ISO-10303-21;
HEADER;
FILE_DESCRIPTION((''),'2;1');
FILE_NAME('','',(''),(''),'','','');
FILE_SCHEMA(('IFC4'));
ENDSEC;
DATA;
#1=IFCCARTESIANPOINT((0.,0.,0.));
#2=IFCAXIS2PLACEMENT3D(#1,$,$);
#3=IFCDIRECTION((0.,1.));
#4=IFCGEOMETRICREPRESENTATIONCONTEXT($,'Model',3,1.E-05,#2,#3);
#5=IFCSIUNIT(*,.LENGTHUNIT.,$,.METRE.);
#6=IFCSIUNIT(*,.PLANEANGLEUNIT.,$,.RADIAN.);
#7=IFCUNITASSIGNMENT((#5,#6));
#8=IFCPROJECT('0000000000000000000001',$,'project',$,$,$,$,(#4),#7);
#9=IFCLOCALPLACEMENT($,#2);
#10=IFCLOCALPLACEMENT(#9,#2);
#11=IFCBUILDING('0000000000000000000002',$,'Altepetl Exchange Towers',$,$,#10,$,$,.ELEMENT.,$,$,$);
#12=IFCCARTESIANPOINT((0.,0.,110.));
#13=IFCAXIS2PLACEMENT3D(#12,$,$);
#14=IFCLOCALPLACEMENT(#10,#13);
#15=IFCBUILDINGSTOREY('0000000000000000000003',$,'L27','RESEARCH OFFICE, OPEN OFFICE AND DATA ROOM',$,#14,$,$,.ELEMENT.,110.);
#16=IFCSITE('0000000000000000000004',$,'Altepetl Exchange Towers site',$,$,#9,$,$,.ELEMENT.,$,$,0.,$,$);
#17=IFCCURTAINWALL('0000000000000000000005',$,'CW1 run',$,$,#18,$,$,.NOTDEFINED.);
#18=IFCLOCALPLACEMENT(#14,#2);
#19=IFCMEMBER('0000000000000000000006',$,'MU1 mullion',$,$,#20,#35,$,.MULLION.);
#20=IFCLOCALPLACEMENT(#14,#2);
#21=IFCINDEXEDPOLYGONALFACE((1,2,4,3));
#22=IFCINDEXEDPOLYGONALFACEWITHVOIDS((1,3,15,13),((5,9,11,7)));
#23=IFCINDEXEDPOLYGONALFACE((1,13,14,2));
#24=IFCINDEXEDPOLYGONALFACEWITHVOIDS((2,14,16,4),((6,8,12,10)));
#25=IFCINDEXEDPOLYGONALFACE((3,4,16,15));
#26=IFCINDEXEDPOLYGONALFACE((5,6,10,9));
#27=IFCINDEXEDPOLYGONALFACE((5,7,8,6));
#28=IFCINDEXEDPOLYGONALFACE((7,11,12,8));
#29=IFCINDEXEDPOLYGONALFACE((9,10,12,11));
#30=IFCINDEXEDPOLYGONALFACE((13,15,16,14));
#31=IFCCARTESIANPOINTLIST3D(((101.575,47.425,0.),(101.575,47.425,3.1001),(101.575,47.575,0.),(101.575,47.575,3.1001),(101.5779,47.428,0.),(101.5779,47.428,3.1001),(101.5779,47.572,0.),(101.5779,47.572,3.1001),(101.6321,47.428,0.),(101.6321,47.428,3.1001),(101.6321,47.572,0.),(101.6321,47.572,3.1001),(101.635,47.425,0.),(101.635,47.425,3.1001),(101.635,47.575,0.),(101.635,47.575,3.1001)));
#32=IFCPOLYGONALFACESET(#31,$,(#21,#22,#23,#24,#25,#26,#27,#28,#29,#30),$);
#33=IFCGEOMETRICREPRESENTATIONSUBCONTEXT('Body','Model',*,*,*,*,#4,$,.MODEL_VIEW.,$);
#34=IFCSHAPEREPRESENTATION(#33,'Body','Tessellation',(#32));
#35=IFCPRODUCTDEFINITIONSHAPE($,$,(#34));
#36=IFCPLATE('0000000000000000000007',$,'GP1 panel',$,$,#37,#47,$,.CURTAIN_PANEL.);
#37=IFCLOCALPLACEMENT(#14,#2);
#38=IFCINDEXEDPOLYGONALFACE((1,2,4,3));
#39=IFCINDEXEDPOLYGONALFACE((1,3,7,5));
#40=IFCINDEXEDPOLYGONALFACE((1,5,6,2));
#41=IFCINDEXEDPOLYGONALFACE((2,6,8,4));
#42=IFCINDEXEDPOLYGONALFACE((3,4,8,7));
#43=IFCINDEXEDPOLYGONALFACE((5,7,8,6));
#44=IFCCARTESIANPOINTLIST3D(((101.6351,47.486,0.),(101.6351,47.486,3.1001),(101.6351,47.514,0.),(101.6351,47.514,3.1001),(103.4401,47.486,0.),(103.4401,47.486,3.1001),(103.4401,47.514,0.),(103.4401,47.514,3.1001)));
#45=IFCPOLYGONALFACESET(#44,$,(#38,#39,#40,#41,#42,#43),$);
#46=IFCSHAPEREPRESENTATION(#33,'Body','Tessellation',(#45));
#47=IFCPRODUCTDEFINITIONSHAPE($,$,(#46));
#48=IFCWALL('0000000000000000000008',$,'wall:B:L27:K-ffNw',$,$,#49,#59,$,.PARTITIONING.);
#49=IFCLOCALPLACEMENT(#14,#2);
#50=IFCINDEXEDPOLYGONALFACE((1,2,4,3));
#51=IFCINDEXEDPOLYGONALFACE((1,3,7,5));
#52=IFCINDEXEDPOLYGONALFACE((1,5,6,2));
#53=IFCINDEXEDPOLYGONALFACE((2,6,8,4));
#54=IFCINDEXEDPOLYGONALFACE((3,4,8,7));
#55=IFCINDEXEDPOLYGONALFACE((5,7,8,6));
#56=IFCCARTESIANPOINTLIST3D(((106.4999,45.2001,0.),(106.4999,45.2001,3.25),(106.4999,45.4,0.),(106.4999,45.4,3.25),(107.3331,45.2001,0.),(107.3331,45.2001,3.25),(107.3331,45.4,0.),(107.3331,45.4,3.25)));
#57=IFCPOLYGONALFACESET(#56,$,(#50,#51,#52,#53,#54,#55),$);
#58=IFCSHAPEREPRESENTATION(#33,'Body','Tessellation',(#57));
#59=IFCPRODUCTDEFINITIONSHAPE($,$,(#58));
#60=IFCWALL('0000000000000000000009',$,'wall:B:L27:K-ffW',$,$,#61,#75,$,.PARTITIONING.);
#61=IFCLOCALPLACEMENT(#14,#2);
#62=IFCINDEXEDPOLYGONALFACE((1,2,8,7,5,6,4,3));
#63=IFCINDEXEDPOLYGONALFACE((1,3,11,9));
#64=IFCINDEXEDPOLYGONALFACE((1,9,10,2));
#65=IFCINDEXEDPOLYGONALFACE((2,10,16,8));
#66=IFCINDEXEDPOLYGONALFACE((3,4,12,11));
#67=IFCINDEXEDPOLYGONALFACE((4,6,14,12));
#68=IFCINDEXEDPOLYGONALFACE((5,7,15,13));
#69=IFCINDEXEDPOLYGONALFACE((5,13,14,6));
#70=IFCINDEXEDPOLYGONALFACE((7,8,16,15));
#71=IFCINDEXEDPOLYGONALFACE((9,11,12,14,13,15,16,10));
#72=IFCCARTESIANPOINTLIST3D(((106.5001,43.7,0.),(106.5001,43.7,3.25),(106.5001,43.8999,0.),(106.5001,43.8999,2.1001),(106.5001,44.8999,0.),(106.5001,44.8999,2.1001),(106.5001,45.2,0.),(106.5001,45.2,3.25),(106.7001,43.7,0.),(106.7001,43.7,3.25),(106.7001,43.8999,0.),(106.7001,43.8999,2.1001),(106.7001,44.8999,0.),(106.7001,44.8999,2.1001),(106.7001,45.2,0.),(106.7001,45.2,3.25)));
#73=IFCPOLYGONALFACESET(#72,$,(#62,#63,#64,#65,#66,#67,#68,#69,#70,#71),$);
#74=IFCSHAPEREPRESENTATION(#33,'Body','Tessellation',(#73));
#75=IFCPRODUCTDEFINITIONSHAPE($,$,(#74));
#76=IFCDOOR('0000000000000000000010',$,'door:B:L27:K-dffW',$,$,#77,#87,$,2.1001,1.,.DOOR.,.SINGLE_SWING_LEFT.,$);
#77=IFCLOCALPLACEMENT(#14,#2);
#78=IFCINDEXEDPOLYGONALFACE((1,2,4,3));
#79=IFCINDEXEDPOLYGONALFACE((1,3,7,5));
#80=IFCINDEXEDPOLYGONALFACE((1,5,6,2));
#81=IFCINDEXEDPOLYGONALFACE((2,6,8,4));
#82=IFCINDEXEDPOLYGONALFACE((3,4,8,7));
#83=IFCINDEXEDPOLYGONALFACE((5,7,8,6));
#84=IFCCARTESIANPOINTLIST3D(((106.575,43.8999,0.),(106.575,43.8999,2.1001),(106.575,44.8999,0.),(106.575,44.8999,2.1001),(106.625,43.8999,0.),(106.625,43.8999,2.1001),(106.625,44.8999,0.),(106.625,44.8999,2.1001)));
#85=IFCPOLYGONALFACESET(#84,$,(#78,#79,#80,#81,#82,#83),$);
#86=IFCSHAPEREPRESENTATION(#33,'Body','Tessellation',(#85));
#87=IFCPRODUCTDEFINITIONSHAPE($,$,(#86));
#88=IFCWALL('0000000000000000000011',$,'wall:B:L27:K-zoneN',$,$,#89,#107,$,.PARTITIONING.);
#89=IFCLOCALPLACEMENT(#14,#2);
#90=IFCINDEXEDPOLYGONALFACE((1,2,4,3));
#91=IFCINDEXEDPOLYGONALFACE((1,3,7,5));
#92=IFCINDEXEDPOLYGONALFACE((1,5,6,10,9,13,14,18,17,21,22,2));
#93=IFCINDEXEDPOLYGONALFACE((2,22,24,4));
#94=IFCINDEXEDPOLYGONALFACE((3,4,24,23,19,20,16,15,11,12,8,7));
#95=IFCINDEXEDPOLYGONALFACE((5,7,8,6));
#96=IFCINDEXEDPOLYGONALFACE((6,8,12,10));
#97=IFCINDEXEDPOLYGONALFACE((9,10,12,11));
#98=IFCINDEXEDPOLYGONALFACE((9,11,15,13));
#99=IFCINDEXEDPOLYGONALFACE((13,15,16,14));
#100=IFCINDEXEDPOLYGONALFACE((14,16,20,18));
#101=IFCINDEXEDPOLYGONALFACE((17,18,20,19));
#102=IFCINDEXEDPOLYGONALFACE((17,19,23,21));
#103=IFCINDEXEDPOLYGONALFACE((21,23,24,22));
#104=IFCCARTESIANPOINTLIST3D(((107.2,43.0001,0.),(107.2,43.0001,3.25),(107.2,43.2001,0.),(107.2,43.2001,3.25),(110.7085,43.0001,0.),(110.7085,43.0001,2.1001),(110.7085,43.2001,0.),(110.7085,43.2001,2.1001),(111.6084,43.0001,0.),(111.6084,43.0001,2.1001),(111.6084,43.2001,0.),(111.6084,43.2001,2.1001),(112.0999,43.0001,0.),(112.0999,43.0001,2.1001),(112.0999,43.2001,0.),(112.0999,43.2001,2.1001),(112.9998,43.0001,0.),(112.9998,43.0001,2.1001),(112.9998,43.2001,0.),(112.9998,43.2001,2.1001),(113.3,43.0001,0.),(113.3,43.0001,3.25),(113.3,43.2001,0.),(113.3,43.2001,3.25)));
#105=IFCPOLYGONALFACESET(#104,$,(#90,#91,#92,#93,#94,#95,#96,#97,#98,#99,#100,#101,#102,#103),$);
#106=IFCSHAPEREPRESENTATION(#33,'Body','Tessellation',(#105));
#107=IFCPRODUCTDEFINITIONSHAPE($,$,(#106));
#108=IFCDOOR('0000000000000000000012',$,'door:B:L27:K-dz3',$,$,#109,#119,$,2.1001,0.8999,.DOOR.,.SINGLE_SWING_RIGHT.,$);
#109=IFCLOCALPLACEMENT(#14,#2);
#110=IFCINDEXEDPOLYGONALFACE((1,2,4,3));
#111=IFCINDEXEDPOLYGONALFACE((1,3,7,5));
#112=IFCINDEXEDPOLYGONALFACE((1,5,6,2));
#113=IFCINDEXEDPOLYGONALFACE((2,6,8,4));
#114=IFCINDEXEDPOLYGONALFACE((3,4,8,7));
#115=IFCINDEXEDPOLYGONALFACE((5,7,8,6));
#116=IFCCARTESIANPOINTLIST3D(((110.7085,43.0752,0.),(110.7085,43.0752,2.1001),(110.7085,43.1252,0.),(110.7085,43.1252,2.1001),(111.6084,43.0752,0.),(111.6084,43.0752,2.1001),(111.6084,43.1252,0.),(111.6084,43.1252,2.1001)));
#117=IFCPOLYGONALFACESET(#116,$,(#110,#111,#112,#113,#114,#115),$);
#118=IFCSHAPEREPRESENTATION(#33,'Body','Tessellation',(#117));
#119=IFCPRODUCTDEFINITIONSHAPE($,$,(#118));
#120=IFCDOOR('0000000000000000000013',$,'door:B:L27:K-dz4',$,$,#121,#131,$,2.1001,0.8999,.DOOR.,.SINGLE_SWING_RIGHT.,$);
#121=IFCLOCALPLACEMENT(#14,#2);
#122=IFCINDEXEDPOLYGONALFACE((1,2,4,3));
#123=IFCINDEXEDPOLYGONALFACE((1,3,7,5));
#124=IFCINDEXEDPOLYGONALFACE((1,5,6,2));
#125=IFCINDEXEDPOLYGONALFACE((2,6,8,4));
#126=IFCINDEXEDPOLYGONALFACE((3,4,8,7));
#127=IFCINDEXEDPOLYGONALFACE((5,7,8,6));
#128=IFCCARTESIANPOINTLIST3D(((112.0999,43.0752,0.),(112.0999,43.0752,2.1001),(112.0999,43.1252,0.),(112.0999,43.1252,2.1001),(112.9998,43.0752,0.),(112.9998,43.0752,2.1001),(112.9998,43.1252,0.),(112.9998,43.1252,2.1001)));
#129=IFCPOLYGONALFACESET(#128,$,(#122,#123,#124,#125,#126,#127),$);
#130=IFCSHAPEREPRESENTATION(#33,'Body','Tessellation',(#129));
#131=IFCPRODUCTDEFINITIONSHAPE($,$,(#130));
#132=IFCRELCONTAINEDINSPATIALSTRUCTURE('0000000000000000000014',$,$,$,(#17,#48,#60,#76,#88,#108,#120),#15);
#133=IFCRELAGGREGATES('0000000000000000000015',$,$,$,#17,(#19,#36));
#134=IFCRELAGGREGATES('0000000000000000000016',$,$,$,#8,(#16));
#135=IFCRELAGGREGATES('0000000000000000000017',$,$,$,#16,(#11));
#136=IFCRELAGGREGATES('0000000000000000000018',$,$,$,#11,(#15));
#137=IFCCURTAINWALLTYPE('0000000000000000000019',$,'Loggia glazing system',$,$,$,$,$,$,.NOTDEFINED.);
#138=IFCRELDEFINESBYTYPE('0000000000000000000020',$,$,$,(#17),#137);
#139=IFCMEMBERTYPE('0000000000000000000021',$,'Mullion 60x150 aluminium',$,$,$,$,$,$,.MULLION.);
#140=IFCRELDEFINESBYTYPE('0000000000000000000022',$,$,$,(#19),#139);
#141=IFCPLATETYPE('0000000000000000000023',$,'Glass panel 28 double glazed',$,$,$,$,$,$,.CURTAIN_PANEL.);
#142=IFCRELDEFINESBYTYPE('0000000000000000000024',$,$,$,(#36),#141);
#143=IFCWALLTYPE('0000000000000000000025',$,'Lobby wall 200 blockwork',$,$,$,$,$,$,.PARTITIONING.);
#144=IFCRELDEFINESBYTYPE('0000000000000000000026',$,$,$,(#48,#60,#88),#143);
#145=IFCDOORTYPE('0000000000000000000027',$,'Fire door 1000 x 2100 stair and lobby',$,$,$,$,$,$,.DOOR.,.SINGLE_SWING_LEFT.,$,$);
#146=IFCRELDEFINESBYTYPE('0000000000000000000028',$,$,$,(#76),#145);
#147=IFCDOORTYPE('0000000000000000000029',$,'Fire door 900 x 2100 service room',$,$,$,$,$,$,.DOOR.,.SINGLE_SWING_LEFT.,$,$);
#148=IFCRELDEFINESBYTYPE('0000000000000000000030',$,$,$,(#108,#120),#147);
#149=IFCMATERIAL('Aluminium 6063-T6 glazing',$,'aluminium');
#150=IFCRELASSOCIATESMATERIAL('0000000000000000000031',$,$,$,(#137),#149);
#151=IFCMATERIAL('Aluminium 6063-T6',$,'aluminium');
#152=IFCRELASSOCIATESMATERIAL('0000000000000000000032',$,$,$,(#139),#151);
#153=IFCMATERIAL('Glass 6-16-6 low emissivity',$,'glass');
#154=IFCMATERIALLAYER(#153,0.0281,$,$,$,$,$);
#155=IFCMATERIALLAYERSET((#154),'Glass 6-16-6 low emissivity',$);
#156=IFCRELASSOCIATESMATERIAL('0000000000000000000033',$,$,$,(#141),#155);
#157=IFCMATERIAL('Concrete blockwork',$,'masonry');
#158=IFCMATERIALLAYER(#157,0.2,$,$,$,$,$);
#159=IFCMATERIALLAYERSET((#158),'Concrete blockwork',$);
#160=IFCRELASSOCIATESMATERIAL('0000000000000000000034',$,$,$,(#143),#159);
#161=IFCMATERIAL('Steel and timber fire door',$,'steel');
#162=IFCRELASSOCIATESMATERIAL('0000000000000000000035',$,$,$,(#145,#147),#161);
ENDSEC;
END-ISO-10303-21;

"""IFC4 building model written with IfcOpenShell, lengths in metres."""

from ifc_helpers import new_model, si_unit, direction, frame, frame_2d, origin, origin_2d, place, context, subcontext, project, spatial, rectangle, hollow_rectangle, extrude, material, layer, layer_set, material_profile, profile_set, type_object, element, fill, aggregate, save


model = new_model("IFC4")

# Units and contexts
model_context = context("Model", 3, precision=1e-05, world=origin(), true_north=direction((0.0, 1.0)))
body_context = subcontext(model_context, "Body", "Model", "MODEL_VIEW")
ifc_project = project(units=[si_unit("LENGTHUNIT", "METRE"), si_unit("PLANEANGLEUNIT", "RADIAN")], contexts=[model_context])

# Site, building, storey
site_placement = place(None, origin())
site = spatial("IfcSite", under=ifc_project, at=site_placement, Name="Altepetl Exchange Towers site", CompositionType="ELEMENT", RefElevation=0.0)
building_placement = place(site_placement, origin())
building = spatial("IfcBuilding", under=site, at=building_placement, Name="Altepetl Exchange Towers", CompositionType="ELEMENT")
storey_placement = place(building_placement, frame((0.0, 0.0, 110.0)))
storey = spatial("IfcBuildingStorey", under=building, at=storey_placement, Name="L27", Description="RESEARCH OFFICE, OPEN OFFICE AND DATA ROOM", CompositionType="ELEMENT", Elevation=110.0)

# Curtain wall, member, plate
ifc_material_1 = material(Name="Aluminium 6063-T6 glazing", Category="aluminium")
curtain_wall_type = type_object("IfcCurtainWallType", Name="Loggia glazing system", PredefinedType="NOTDEFINED", material=ifc_material_1)
curtain_wall_placement = place(storey_placement, origin())
curtain_wall = element("IfcCurtainWall", 1, at=curtain_wall_placement, inside=storey, type_object=curtain_wall_type, Name="CW1 run", PredefinedType="NOTDEFINED")
ifc_material_2 = material(Name="Aluminium 6063-T6", Category="aluminium")
ifc_material_profile = material_profile(ifc_material_2, hollow_rectangle(XDim=0.0601, YDim=0.1499, WallThickness=0.0029, at=origin_2d()), Name="Mullion 60x150 aluminium")
ifc_profile_set = profile_set([ifc_material_profile], Name="Aluminium 6063-T6")
member_type = type_object("IfcMemberType", Name="Mullion 60x150 aluminium", PredefinedType="MULLION", material=ifc_profile_set)
member_placement = place(storey_placement, frame((101.605, 47.5, 0.0), z_axis=(0.0, 0.0, 1.0), x_axis=(-1.0, 0.0, 0.0)))
member = element("IfcMember", 2, at=member_placement, type_object=member_type, Name="MU1 mullion", PredefinedType="MULLION", context=body_context, shape_type="SweptSolid", body=[
    extrude(hollow_rectangle(XDim=0.0601, YDim=0.1499, WallThickness=0.0029, at=origin_2d()), origin(), (0.0, 0.0, 1.0), 3.1001),
])
ifc_material_3 = material(Name="Glass 6-16-6 low emissivity", Category="glass")
ifc_layer_1 = layer(ifc_material_3, 0.0281)
ifc_layer_set_1 = layer_set([ifc_layer_1], Name="Glass 6-16-6 low emissivity")
plate_type = type_object("IfcPlateType", Name="Glass panel 28 double glazed", PredefinedType="CURTAIN_PANEL", material=ifc_layer_set_1)
plate_placement = place(storey_placement, frame((102.5376, 47.5, 0.0), z_axis=(0.0, 0.0, 1.0), x_axis=(-1.0, 0.0, 0.0)))
plate = element("IfcPlate", 3, at=plate_placement, type_object=plate_type, Name="GP1 panel", PredefinedType="CURTAIN_PANEL", context=body_context, shape_type="SweptSolid", body=[
    extrude(rectangle(XDim=1.8049, YDim=0.0281, at=origin_2d()), origin(), (0.0, 0.0, 1.0), 3.1001),
])
aggregate(curtain_wall, [member, plate])

# Wall
ifc_material_4 = material(Name="Concrete blockwork", Category="masonry")
ifc_layer_2 = layer(ifc_material_4, 0.2)
ifc_layer_set_2 = layer_set([ifc_layer_2], Name="Concrete blockwork")
wall_type_1 = type_object("IfcWallType", Name="Lobby wall 200 blockwork", PredefinedType="PARTITIONING", material=ifc_layer_set_2)
wall_1_placement = place(storey_placement, frame((106.5, 45.3, 0.0)))
element("IfcWall", 4, at=wall_1_placement, inside=storey, type_object=wall_type_1, Name="wall:B:L27:K-ffNw", PredefinedType="PARTITIONING", context=body_context, shape_type="SweptSolid", body=[
    extrude(rectangle(XDim=0.8333, YDim=0.2, at=frame_2d((0.4165, 0.0))), origin(), (0.0, 0.0, 1.0), 3.25),
])

# Wall, opening, door
wall_2_placement = place(storey_placement, frame((106.6001, 43.7, 0.0), z_axis=(0.0, 0.0, 1.0), x_axis=(0.0, 1.0, 0.0)))
wall_2 = element("IfcWall", 5, at=wall_2_placement, inside=storey, type_object=wall_type_1, Name="wall:B:L27:K-ffW", PredefinedType="PARTITIONING", context=body_context, shape_type="SweptSolid", body=[
    extrude(rectangle(XDim=1.5, YDim=0.2, at=frame_2d((0.75, 0.0))), origin(), (0.0, 0.0, 1.0), 3.25),
])
opening_1_placement = place(wall_2_placement, frame((0.2, 0.0, 0.0)))
opening_1 = element("IfcOpeningElement", 6, at=opening_1_placement, cuts=wall_2, PredefinedType="OPENING", context=body_context, shape_type="SweptSolid", body=[
    extrude(rectangle(XDim=1.0, YDim=2.1001, at=frame_2d((0.5, 1.05))), frame((0.0, 0.1099, 0.0), z_axis=(0.0, -1.0, 0.0), x_axis=(1.0, 0.0, 0.0)), (0.0, 0.0, 1.0), 0.22),
])
ifc_material_5 = material(Name="Steel and timber fire door", Category="steel")
door_type_1 = type_object("IfcDoorType", Name="Fire door 1000 x 2100 stair and lobby", OperationType="SINGLE_SWING_LEFT", PredefinedType="DOOR", material=ifc_material_5)
door_1_placement = place(opening_1_placement, frame((1.0, 0.0, 0.0), x_axis=(-1.0, 0.0, 0.0)))
door_1 = element("IfcDoor", 7, at=door_1_placement, inside=storey, type_object=door_type_1, Name="door:B:L27:K-dffW", OperationType="SINGLE_SWING_LEFT", OverallHeight=2.1001, OverallWidth=1.0, PredefinedType="DOOR", context=body_context, shape_type="SweptSolid", body=[
    extrude(rectangle(XDim=1.0, YDim=2.1001, at=frame_2d((0.5, 1.05))), frame((0.0, 0.0249, 0.0), z_axis=(0.0, -1.0, 0.0), x_axis=(1.0, 0.0, 0.0)), (0.0, 0.0, 1.0), 0.05),
])
fill(opening_1, door_1)

# Wall, openings, doors
wall_3_placement = place(storey_placement, frame((107.2, 43.1001, 0.0)))
wall_3 = element("IfcWall", 8, at=wall_3_placement, inside=storey, type_object=wall_type_1, Name="wall:B:L27:K-zoneN", PredefinedType="PARTITIONING", context=body_context, shape_type="SweptSolid", body=[
    extrude(rectangle(XDim=6.1001, YDim=0.2, at=frame_2d((3.05, 0.0))), origin(), (0.0, 0.0, 1.0), 3.25),
])
opening_2_placement = place(wall_3_placement, frame((3.5085, 0.0, 0.0)))
opening_2 = element("IfcOpeningElement", 9, at=opening_2_placement, cuts=wall_3, PredefinedType="OPENING", context=body_context, shape_type="SweptSolid", body=[
    extrude(rectangle(XDim=0.8999, YDim=2.1001, at=frame_2d((0.45, 1.05))), frame((0.0, 0.1099, 0.0), z_axis=(0.0, -1.0, 0.0), x_axis=(1.0, 0.0, 0.0)), (0.0, 0.0, 1.0), 0.22),
])
opening_3_placement = place(wall_3_placement, frame((4.8999, 0.0, 0.0)))
opening_3 = element("IfcOpeningElement", 10, at=opening_3_placement, cuts=wall_3, PredefinedType="OPENING", context=body_context, shape_type="SweptSolid", body=[
    extrude(rectangle(XDim=0.8999, YDim=2.1001, at=frame_2d((0.45, 1.05))), frame((0.0, 0.1099, 0.0), z_axis=(0.0, -1.0, 0.0), x_axis=(1.0, 0.0, 0.0)), (0.0, 0.0, 1.0), 0.22),
])
door_type_2 = type_object("IfcDoorType", Name="Fire door 900 x 2100 service room", OperationType="SINGLE_SWING_LEFT", PredefinedType="DOOR", material=ifc_material_5)
door_2_placement = place(opening_2_placement, frame((0.8999, 0.0, 0.0), x_axis=(-1.0, 0.0, 0.0)))
door_2 = element("IfcDoor", 11, at=door_2_placement, inside=storey, type_object=door_type_2, Name="door:B:L27:K-dz3", OperationType="SINGLE_SWING_RIGHT", OverallHeight=2.1001, OverallWidth=0.8999, PredefinedType="DOOR", context=body_context, shape_type="SweptSolid", body=[
    extrude(rectangle(XDim=0.8999, YDim=2.1001, at=frame_2d((0.45, 1.05))), frame((0.0, 0.0249, 0.0), z_axis=(0.0, -1.0, 0.0), x_axis=(1.0, 0.0, 0.0)), (0.0, 0.0, 1.0), 0.05),
])
fill(opening_2, door_2)
door_3_placement = place(opening_3_placement, frame((0.8999, 0.0, 0.0), x_axis=(-1.0, 0.0, 0.0)))
door_3 = element("IfcDoor", 12, at=door_3_placement, inside=storey, type_object=door_type_2, Name="door:B:L27:K-dz4", OperationType="SINGLE_SWING_RIGHT", OverallHeight=2.1001, OverallWidth=0.8999, PredefinedType="DOOR", context=body_context, shape_type="SweptSolid", body=[
    extrude(rectangle(XDim=0.8999, YDim=2.1001, at=frame_2d((0.45, 1.05))), frame((0.0, 0.0249, 0.0), z_axis=(0.0, -1.0, 0.0), x_axis=(1.0, 0.0, 0.0)), (0.0, 0.0, 1.0), 0.05),
])
fill(opening_3, door_3)

save(model, "model.ifc")
